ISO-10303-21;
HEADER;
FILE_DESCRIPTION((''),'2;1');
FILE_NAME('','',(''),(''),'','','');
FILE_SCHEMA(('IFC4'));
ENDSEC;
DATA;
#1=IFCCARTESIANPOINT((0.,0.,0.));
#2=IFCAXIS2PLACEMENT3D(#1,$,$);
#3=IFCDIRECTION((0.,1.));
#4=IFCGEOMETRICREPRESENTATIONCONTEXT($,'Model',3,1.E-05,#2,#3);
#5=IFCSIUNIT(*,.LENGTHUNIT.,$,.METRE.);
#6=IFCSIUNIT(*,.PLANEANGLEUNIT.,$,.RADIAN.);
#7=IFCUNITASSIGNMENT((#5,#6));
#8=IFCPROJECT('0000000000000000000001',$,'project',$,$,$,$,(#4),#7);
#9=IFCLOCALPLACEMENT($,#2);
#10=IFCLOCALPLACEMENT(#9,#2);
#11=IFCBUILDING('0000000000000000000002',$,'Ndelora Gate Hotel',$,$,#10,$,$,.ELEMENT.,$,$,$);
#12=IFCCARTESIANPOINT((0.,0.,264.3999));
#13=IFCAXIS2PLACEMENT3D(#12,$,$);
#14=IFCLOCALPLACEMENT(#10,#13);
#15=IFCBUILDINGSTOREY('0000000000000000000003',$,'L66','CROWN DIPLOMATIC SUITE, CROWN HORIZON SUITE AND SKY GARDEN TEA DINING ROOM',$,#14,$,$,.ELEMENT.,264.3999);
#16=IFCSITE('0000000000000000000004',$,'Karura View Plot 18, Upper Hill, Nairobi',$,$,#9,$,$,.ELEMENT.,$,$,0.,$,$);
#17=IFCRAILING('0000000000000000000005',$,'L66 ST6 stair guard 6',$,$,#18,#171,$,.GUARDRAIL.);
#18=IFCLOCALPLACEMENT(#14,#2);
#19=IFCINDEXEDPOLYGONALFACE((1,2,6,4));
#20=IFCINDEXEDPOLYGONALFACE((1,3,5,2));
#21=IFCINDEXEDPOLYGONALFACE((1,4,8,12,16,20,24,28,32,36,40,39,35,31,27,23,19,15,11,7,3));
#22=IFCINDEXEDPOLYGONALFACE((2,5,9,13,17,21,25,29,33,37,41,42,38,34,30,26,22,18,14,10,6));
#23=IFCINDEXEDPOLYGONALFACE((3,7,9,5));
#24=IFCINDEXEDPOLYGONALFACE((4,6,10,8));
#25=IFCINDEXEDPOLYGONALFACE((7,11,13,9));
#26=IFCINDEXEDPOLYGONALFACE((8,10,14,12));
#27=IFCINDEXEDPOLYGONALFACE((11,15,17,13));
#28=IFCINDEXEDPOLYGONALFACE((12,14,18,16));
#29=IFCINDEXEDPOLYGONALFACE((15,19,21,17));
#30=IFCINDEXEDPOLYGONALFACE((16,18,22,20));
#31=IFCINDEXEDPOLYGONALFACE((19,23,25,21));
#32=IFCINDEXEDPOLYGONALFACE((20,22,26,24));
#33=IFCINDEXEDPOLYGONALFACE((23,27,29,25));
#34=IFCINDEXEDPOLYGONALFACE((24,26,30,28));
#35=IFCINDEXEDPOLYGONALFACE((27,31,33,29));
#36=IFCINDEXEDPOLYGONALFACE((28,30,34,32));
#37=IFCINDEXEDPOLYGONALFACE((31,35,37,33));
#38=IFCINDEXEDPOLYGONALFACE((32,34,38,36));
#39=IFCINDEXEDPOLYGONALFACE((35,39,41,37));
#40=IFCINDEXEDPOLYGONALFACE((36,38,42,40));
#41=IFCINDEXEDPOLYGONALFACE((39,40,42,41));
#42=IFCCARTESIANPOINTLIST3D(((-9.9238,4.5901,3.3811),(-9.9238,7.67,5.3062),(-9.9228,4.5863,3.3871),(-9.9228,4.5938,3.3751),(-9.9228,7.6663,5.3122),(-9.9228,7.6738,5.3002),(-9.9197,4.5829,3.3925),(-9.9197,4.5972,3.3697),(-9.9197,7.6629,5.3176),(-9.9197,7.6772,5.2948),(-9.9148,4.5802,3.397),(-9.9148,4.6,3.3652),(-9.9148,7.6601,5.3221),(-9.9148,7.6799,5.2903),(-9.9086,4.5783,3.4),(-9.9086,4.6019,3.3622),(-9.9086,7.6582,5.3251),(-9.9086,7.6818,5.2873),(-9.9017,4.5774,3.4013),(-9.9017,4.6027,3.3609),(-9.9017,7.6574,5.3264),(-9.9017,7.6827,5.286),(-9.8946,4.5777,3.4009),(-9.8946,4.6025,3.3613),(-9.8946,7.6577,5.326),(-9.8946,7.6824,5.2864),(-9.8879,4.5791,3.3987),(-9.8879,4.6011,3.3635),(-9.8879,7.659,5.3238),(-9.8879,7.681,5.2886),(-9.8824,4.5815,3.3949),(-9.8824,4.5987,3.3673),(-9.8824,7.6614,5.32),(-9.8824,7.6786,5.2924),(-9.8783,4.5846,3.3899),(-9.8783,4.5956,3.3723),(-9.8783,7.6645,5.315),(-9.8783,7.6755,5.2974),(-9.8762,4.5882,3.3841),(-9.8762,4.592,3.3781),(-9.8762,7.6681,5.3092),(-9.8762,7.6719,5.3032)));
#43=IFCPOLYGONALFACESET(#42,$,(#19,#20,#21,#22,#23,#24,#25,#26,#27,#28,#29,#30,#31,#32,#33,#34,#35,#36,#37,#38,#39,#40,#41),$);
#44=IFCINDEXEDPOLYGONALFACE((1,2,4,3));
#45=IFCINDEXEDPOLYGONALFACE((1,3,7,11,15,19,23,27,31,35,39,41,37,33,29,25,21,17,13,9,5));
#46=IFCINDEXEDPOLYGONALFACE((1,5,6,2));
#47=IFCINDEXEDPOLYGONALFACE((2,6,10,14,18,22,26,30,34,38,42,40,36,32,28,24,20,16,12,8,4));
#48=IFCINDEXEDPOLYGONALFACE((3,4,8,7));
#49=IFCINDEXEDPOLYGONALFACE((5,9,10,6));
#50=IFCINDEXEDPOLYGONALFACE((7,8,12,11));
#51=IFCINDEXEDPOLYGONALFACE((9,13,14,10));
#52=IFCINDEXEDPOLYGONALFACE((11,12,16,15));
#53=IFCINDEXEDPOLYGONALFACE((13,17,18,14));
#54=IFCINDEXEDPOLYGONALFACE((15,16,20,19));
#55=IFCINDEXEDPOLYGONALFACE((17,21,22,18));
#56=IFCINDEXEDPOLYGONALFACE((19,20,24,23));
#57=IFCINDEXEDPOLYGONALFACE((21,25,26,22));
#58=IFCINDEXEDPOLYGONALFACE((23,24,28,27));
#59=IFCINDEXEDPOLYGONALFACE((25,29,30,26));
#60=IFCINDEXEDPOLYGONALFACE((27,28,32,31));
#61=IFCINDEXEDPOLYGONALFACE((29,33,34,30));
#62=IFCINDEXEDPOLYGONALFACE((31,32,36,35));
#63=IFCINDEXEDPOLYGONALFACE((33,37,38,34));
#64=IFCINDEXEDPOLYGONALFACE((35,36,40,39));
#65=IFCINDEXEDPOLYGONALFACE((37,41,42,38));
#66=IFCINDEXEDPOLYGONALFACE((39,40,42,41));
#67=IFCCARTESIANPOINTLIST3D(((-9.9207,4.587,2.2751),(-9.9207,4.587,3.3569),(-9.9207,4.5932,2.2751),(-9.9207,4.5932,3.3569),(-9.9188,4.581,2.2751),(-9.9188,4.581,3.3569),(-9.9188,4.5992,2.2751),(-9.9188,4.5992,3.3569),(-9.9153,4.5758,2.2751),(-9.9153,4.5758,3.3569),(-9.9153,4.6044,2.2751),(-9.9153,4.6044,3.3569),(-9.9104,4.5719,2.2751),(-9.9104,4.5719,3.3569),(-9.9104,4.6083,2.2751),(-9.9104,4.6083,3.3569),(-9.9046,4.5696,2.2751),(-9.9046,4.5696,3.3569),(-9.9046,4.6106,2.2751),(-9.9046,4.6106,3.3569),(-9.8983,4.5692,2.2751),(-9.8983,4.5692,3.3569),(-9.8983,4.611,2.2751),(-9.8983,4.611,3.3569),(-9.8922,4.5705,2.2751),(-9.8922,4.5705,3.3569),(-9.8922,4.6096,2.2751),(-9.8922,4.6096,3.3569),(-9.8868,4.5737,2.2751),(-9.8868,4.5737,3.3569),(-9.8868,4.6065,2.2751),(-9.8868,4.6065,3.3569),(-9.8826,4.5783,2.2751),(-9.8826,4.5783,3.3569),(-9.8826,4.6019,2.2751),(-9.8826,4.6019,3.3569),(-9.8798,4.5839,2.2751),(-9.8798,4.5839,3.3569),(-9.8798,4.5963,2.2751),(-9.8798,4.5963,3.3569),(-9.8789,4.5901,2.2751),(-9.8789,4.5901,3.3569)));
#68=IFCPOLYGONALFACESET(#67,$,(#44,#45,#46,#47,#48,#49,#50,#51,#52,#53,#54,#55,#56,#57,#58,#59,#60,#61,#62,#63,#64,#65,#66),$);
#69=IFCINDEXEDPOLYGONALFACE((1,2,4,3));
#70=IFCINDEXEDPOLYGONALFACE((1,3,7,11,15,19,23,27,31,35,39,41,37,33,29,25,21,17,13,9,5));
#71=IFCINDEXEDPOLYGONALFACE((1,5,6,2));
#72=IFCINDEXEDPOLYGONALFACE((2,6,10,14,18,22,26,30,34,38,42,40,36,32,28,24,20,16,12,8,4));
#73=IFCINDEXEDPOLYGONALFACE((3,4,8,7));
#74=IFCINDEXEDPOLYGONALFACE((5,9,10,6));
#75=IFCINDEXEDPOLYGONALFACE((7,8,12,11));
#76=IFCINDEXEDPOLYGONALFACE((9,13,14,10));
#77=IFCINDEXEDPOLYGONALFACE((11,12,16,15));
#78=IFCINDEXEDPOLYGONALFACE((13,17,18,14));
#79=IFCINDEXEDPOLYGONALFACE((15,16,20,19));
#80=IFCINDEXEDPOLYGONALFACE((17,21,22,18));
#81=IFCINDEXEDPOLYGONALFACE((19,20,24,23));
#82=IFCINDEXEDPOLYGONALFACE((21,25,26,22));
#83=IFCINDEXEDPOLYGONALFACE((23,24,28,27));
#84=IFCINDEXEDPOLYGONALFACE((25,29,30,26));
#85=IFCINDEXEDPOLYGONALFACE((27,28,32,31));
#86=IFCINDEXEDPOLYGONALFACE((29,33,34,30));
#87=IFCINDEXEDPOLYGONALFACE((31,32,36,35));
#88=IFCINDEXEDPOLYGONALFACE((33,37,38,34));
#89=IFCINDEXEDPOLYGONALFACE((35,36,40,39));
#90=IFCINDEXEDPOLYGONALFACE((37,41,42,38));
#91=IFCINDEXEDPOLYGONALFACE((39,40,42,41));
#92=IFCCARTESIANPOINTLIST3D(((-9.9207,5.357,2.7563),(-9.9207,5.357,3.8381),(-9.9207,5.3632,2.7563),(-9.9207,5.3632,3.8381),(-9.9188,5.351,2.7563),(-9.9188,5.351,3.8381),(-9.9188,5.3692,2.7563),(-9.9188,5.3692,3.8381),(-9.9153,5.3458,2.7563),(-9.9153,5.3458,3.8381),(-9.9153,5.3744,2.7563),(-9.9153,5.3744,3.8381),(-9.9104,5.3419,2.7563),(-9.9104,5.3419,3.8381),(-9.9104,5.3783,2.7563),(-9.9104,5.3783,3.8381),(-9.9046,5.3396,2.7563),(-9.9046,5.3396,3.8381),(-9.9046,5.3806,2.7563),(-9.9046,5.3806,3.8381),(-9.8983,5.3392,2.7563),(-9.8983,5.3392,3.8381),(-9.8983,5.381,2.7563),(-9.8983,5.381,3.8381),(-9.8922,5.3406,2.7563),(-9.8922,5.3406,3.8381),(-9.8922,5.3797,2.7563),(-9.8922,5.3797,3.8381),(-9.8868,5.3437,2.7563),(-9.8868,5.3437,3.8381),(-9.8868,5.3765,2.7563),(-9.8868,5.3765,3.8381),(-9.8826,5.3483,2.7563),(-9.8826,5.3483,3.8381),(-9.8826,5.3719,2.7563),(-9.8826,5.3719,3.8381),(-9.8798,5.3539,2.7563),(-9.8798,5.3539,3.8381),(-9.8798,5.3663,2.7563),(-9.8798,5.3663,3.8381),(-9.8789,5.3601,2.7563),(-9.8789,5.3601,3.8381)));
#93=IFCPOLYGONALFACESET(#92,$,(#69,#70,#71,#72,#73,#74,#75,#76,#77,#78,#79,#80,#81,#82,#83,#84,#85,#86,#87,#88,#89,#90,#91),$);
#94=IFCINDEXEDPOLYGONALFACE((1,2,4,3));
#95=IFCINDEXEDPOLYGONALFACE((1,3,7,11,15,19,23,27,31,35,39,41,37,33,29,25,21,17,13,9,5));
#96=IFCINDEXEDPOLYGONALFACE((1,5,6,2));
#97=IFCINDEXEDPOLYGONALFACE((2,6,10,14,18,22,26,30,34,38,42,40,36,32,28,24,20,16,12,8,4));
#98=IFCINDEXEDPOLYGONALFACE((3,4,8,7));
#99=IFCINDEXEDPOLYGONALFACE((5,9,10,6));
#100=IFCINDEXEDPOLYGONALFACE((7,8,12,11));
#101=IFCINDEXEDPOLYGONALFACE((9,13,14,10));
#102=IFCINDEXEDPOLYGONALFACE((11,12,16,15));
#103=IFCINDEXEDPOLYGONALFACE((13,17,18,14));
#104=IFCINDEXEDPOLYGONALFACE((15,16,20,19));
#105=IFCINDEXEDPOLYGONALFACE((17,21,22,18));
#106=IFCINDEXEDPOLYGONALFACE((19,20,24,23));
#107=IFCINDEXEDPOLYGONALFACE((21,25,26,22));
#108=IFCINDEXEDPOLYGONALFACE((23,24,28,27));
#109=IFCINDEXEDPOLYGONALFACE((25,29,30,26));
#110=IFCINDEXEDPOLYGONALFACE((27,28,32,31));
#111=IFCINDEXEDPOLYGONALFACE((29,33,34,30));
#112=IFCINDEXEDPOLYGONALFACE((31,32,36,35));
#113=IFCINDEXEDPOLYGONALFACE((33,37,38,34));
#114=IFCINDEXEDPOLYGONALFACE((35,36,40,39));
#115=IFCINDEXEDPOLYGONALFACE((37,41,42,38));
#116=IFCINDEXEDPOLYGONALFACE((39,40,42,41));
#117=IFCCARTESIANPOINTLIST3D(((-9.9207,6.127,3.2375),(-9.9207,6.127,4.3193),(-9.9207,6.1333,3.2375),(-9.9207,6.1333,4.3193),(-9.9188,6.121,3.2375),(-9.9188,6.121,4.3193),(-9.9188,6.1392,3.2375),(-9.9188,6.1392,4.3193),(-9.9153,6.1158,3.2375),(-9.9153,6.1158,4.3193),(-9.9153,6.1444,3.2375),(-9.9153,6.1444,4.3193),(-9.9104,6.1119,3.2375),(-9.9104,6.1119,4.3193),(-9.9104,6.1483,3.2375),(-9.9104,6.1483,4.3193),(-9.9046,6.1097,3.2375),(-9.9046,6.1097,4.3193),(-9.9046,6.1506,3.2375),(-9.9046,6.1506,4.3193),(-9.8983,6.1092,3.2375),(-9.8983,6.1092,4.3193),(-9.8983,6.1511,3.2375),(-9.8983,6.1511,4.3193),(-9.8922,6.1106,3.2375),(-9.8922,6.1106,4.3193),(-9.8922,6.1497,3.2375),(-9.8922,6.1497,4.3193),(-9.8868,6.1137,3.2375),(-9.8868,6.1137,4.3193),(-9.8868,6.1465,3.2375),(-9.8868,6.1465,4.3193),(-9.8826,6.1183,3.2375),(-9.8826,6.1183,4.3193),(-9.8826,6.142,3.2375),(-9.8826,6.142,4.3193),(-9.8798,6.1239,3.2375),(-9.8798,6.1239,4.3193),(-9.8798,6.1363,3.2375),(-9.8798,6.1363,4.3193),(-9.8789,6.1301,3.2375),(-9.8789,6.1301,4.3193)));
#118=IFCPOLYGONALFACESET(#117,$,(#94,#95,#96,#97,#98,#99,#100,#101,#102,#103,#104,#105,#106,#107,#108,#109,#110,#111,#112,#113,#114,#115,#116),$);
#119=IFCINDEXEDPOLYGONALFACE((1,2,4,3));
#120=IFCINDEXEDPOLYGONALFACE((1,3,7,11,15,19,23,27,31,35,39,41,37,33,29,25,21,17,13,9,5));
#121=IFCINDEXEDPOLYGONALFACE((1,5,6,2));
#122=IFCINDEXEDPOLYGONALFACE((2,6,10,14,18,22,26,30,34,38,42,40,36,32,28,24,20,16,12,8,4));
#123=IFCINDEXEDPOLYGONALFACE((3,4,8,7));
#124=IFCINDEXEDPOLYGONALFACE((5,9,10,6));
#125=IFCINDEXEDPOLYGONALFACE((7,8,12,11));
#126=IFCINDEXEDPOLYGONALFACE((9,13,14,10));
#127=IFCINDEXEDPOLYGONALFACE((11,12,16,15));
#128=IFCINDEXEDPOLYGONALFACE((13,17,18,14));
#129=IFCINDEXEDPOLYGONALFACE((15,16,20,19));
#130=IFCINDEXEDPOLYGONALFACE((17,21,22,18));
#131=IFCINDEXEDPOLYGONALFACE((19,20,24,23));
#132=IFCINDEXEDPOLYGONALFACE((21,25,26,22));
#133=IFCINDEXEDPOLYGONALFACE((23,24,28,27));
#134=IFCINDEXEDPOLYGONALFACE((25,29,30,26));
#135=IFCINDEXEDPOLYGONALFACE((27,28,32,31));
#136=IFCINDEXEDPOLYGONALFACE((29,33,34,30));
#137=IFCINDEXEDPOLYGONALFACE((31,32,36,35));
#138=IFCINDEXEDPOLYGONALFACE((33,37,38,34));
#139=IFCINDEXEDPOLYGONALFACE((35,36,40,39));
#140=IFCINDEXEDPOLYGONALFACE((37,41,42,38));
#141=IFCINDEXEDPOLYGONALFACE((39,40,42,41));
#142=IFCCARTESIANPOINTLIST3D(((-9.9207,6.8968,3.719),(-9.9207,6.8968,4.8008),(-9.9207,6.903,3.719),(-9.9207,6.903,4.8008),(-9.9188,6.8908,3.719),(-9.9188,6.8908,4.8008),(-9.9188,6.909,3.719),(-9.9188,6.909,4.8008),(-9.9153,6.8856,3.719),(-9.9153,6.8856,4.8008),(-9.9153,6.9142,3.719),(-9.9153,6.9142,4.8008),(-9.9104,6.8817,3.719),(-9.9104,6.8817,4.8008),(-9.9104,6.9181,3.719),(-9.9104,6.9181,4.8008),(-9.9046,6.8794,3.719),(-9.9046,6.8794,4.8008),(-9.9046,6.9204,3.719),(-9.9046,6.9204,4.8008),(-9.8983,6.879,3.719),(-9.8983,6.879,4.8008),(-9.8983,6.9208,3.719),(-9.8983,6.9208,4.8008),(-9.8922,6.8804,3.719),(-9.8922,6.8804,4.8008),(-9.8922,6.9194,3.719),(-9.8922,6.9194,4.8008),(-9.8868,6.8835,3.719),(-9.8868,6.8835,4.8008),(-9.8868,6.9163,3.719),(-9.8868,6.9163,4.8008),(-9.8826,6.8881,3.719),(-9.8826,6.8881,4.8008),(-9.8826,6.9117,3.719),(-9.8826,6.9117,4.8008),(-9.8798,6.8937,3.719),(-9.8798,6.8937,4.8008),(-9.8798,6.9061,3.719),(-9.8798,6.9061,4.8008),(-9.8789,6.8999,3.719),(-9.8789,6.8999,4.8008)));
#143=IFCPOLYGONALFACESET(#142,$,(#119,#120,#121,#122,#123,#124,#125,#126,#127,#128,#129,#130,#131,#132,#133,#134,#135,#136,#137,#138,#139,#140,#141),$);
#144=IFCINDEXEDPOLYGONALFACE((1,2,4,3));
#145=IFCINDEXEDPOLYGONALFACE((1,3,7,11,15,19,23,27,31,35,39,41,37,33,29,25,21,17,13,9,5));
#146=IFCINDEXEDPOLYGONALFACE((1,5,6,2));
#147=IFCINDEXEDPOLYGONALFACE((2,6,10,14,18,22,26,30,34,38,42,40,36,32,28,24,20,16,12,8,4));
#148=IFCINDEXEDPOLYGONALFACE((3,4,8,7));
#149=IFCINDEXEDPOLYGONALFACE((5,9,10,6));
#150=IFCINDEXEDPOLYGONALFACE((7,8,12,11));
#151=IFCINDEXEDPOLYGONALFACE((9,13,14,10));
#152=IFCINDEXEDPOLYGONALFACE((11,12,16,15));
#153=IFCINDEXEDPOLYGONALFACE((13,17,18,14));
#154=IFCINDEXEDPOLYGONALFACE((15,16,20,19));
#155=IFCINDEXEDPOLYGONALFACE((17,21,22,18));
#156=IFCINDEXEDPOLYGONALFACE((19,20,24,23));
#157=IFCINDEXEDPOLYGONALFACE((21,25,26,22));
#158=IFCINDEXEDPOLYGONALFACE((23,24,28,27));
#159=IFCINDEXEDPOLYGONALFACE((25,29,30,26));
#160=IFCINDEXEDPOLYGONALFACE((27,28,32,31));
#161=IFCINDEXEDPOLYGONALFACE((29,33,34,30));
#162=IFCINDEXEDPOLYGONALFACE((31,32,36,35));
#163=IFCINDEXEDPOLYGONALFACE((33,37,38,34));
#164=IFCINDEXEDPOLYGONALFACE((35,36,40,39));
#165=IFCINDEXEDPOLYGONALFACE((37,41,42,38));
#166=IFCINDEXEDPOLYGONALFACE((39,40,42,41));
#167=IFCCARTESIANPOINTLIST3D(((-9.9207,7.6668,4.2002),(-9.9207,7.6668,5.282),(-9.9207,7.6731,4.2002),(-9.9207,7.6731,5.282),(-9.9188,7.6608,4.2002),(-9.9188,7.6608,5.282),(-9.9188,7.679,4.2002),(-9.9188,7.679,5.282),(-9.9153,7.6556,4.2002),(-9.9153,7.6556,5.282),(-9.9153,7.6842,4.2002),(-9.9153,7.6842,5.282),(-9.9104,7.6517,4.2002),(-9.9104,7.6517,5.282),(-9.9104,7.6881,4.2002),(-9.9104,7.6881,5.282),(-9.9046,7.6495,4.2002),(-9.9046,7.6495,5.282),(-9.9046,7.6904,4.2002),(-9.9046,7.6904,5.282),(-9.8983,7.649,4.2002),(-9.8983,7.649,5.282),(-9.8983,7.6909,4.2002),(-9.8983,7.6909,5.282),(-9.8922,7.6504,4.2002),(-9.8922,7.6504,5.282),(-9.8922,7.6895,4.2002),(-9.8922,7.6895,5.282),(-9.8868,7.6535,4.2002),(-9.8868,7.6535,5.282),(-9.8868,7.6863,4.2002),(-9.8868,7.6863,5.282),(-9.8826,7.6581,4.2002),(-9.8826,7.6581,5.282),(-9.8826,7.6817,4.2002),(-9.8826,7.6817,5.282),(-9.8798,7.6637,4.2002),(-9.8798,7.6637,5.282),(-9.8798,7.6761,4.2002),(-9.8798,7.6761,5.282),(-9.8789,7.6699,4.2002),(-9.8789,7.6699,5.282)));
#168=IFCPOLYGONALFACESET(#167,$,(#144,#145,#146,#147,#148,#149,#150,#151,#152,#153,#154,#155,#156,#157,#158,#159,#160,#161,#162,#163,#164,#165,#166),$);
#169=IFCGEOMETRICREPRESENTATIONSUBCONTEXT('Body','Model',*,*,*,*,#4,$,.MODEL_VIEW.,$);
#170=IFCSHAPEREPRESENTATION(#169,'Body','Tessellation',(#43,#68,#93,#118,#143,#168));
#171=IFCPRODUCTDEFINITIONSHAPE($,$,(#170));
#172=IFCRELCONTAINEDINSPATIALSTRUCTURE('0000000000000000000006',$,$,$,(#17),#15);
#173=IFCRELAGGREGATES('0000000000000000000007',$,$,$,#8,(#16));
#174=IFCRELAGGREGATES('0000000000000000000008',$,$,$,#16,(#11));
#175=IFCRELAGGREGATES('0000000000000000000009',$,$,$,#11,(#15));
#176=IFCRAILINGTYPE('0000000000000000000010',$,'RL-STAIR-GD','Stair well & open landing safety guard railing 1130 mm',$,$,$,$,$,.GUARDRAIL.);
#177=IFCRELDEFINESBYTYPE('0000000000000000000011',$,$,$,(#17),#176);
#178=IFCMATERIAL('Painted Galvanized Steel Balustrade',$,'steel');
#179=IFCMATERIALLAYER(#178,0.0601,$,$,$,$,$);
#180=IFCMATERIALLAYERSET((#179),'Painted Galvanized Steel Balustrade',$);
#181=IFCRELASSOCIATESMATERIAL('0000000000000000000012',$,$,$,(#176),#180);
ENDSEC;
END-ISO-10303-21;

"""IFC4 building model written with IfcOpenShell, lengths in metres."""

from ifc_helpers import new_model, si_unit, direction, frame, origin, origin_2d, place, context, subcontext, project, spatial, circle, extrude, material, layer, layer_set, type_object, element, save


model = new_model("IFC4")

# Units and contexts
model_context = context("Model", 3, precision=1e-05, world=origin(), true_north=direction((0.0, 1.0)))
body_context = subcontext(model_context, "Body", "Model", "MODEL_VIEW")
ifc_project = project(units=[si_unit("LENGTHUNIT", "METRE"), si_unit("PLANEANGLEUNIT", "RADIAN")], contexts=[model_context])

# Site, building, storey
site_placement = place(None, origin())
site = spatial("IfcSite", under=ifc_project, at=site_placement, Name="Karura View Plot 18, Upper Hill, Nairobi", CompositionType="ELEMENT", RefElevation=0.0)
building_placement = place(site_placement, origin())
building = spatial("IfcBuilding", under=site, at=building_placement, Name="Ndelora Gate Hotel", CompositionType="ELEMENT")
storey_placement = place(building_placement, frame((0.0, 0.0, 264.3999)))
storey = spatial("IfcBuildingStorey", under=building, at=storey_placement, Name="L66", Description="CROWN DIPLOMATIC SUITE, CROWN HORIZON SUITE AND SKY GARDEN TEA DINING ROOM", CompositionType="ELEMENT", Elevation=264.3999)

# Railing
ifc_material_1 = material(Name="Painted Galvanized Steel Balustrade", Category="steel")
ifc_layer_1 = layer(ifc_material_1, 0.0601)
ifc_layer_set_1 = layer_set([ifc_layer_1], Name="Painted Galvanized Steel Balustrade")
railing_type_1 = type_object("IfcRailingType", Name="RL-STAIR-GD", Description="Stair well & open landing safety guard railing 1130 mm", PredefinedType="GUARDRAIL", material=ifc_layer_set_1)
railing_1_placement = place(storey_placement, frame((-9.8999, 4.5901, 2.2751)))
element("IfcRailing", 1, at=railing_1_placement, inside=storey, type_object=railing_type_1, Name="L66 ST6 stair guard 6", PredefinedType="GUARDRAIL", context=body_context, shape_type="SweptSolid", body=[
    extrude(circle(Radius=0.0239, at=origin_2d()), frame((0.0, 0.0, 1.106), z_axis=(0.0, 0.847979, 0.530029), x_axis=(-1.0, 0.0, 0.0)), (0.0, 0.0, 1.0), 3.6321),
    extrude(circle(Radius=0.021, at=origin_2d()), origin(), (0.0, 0.0, 1.0), 1.0818),
    extrude(circle(Radius=0.021, at=origin_2d()), frame((0.0, 0.77, 0.4812)), (0.0, 0.0, 1.0), 1.0818),
    extrude(circle(Radius=0.021, at=origin_2d()), frame((0.0, 1.54, 0.9624)), (0.0, 0.0, 1.0), 1.0818),
    extrude(circle(Radius=0.021, at=origin_2d()), frame((0.0, 2.3098, 1.4438)), (0.0, 0.0, 1.0), 1.0818),
    extrude(circle(Radius=0.021, at=origin_2d()), frame((0.0, 3.0798, 1.925)), (0.0, 0.0, 1.0), 1.0818),
])

save(model, "model.ifc")
